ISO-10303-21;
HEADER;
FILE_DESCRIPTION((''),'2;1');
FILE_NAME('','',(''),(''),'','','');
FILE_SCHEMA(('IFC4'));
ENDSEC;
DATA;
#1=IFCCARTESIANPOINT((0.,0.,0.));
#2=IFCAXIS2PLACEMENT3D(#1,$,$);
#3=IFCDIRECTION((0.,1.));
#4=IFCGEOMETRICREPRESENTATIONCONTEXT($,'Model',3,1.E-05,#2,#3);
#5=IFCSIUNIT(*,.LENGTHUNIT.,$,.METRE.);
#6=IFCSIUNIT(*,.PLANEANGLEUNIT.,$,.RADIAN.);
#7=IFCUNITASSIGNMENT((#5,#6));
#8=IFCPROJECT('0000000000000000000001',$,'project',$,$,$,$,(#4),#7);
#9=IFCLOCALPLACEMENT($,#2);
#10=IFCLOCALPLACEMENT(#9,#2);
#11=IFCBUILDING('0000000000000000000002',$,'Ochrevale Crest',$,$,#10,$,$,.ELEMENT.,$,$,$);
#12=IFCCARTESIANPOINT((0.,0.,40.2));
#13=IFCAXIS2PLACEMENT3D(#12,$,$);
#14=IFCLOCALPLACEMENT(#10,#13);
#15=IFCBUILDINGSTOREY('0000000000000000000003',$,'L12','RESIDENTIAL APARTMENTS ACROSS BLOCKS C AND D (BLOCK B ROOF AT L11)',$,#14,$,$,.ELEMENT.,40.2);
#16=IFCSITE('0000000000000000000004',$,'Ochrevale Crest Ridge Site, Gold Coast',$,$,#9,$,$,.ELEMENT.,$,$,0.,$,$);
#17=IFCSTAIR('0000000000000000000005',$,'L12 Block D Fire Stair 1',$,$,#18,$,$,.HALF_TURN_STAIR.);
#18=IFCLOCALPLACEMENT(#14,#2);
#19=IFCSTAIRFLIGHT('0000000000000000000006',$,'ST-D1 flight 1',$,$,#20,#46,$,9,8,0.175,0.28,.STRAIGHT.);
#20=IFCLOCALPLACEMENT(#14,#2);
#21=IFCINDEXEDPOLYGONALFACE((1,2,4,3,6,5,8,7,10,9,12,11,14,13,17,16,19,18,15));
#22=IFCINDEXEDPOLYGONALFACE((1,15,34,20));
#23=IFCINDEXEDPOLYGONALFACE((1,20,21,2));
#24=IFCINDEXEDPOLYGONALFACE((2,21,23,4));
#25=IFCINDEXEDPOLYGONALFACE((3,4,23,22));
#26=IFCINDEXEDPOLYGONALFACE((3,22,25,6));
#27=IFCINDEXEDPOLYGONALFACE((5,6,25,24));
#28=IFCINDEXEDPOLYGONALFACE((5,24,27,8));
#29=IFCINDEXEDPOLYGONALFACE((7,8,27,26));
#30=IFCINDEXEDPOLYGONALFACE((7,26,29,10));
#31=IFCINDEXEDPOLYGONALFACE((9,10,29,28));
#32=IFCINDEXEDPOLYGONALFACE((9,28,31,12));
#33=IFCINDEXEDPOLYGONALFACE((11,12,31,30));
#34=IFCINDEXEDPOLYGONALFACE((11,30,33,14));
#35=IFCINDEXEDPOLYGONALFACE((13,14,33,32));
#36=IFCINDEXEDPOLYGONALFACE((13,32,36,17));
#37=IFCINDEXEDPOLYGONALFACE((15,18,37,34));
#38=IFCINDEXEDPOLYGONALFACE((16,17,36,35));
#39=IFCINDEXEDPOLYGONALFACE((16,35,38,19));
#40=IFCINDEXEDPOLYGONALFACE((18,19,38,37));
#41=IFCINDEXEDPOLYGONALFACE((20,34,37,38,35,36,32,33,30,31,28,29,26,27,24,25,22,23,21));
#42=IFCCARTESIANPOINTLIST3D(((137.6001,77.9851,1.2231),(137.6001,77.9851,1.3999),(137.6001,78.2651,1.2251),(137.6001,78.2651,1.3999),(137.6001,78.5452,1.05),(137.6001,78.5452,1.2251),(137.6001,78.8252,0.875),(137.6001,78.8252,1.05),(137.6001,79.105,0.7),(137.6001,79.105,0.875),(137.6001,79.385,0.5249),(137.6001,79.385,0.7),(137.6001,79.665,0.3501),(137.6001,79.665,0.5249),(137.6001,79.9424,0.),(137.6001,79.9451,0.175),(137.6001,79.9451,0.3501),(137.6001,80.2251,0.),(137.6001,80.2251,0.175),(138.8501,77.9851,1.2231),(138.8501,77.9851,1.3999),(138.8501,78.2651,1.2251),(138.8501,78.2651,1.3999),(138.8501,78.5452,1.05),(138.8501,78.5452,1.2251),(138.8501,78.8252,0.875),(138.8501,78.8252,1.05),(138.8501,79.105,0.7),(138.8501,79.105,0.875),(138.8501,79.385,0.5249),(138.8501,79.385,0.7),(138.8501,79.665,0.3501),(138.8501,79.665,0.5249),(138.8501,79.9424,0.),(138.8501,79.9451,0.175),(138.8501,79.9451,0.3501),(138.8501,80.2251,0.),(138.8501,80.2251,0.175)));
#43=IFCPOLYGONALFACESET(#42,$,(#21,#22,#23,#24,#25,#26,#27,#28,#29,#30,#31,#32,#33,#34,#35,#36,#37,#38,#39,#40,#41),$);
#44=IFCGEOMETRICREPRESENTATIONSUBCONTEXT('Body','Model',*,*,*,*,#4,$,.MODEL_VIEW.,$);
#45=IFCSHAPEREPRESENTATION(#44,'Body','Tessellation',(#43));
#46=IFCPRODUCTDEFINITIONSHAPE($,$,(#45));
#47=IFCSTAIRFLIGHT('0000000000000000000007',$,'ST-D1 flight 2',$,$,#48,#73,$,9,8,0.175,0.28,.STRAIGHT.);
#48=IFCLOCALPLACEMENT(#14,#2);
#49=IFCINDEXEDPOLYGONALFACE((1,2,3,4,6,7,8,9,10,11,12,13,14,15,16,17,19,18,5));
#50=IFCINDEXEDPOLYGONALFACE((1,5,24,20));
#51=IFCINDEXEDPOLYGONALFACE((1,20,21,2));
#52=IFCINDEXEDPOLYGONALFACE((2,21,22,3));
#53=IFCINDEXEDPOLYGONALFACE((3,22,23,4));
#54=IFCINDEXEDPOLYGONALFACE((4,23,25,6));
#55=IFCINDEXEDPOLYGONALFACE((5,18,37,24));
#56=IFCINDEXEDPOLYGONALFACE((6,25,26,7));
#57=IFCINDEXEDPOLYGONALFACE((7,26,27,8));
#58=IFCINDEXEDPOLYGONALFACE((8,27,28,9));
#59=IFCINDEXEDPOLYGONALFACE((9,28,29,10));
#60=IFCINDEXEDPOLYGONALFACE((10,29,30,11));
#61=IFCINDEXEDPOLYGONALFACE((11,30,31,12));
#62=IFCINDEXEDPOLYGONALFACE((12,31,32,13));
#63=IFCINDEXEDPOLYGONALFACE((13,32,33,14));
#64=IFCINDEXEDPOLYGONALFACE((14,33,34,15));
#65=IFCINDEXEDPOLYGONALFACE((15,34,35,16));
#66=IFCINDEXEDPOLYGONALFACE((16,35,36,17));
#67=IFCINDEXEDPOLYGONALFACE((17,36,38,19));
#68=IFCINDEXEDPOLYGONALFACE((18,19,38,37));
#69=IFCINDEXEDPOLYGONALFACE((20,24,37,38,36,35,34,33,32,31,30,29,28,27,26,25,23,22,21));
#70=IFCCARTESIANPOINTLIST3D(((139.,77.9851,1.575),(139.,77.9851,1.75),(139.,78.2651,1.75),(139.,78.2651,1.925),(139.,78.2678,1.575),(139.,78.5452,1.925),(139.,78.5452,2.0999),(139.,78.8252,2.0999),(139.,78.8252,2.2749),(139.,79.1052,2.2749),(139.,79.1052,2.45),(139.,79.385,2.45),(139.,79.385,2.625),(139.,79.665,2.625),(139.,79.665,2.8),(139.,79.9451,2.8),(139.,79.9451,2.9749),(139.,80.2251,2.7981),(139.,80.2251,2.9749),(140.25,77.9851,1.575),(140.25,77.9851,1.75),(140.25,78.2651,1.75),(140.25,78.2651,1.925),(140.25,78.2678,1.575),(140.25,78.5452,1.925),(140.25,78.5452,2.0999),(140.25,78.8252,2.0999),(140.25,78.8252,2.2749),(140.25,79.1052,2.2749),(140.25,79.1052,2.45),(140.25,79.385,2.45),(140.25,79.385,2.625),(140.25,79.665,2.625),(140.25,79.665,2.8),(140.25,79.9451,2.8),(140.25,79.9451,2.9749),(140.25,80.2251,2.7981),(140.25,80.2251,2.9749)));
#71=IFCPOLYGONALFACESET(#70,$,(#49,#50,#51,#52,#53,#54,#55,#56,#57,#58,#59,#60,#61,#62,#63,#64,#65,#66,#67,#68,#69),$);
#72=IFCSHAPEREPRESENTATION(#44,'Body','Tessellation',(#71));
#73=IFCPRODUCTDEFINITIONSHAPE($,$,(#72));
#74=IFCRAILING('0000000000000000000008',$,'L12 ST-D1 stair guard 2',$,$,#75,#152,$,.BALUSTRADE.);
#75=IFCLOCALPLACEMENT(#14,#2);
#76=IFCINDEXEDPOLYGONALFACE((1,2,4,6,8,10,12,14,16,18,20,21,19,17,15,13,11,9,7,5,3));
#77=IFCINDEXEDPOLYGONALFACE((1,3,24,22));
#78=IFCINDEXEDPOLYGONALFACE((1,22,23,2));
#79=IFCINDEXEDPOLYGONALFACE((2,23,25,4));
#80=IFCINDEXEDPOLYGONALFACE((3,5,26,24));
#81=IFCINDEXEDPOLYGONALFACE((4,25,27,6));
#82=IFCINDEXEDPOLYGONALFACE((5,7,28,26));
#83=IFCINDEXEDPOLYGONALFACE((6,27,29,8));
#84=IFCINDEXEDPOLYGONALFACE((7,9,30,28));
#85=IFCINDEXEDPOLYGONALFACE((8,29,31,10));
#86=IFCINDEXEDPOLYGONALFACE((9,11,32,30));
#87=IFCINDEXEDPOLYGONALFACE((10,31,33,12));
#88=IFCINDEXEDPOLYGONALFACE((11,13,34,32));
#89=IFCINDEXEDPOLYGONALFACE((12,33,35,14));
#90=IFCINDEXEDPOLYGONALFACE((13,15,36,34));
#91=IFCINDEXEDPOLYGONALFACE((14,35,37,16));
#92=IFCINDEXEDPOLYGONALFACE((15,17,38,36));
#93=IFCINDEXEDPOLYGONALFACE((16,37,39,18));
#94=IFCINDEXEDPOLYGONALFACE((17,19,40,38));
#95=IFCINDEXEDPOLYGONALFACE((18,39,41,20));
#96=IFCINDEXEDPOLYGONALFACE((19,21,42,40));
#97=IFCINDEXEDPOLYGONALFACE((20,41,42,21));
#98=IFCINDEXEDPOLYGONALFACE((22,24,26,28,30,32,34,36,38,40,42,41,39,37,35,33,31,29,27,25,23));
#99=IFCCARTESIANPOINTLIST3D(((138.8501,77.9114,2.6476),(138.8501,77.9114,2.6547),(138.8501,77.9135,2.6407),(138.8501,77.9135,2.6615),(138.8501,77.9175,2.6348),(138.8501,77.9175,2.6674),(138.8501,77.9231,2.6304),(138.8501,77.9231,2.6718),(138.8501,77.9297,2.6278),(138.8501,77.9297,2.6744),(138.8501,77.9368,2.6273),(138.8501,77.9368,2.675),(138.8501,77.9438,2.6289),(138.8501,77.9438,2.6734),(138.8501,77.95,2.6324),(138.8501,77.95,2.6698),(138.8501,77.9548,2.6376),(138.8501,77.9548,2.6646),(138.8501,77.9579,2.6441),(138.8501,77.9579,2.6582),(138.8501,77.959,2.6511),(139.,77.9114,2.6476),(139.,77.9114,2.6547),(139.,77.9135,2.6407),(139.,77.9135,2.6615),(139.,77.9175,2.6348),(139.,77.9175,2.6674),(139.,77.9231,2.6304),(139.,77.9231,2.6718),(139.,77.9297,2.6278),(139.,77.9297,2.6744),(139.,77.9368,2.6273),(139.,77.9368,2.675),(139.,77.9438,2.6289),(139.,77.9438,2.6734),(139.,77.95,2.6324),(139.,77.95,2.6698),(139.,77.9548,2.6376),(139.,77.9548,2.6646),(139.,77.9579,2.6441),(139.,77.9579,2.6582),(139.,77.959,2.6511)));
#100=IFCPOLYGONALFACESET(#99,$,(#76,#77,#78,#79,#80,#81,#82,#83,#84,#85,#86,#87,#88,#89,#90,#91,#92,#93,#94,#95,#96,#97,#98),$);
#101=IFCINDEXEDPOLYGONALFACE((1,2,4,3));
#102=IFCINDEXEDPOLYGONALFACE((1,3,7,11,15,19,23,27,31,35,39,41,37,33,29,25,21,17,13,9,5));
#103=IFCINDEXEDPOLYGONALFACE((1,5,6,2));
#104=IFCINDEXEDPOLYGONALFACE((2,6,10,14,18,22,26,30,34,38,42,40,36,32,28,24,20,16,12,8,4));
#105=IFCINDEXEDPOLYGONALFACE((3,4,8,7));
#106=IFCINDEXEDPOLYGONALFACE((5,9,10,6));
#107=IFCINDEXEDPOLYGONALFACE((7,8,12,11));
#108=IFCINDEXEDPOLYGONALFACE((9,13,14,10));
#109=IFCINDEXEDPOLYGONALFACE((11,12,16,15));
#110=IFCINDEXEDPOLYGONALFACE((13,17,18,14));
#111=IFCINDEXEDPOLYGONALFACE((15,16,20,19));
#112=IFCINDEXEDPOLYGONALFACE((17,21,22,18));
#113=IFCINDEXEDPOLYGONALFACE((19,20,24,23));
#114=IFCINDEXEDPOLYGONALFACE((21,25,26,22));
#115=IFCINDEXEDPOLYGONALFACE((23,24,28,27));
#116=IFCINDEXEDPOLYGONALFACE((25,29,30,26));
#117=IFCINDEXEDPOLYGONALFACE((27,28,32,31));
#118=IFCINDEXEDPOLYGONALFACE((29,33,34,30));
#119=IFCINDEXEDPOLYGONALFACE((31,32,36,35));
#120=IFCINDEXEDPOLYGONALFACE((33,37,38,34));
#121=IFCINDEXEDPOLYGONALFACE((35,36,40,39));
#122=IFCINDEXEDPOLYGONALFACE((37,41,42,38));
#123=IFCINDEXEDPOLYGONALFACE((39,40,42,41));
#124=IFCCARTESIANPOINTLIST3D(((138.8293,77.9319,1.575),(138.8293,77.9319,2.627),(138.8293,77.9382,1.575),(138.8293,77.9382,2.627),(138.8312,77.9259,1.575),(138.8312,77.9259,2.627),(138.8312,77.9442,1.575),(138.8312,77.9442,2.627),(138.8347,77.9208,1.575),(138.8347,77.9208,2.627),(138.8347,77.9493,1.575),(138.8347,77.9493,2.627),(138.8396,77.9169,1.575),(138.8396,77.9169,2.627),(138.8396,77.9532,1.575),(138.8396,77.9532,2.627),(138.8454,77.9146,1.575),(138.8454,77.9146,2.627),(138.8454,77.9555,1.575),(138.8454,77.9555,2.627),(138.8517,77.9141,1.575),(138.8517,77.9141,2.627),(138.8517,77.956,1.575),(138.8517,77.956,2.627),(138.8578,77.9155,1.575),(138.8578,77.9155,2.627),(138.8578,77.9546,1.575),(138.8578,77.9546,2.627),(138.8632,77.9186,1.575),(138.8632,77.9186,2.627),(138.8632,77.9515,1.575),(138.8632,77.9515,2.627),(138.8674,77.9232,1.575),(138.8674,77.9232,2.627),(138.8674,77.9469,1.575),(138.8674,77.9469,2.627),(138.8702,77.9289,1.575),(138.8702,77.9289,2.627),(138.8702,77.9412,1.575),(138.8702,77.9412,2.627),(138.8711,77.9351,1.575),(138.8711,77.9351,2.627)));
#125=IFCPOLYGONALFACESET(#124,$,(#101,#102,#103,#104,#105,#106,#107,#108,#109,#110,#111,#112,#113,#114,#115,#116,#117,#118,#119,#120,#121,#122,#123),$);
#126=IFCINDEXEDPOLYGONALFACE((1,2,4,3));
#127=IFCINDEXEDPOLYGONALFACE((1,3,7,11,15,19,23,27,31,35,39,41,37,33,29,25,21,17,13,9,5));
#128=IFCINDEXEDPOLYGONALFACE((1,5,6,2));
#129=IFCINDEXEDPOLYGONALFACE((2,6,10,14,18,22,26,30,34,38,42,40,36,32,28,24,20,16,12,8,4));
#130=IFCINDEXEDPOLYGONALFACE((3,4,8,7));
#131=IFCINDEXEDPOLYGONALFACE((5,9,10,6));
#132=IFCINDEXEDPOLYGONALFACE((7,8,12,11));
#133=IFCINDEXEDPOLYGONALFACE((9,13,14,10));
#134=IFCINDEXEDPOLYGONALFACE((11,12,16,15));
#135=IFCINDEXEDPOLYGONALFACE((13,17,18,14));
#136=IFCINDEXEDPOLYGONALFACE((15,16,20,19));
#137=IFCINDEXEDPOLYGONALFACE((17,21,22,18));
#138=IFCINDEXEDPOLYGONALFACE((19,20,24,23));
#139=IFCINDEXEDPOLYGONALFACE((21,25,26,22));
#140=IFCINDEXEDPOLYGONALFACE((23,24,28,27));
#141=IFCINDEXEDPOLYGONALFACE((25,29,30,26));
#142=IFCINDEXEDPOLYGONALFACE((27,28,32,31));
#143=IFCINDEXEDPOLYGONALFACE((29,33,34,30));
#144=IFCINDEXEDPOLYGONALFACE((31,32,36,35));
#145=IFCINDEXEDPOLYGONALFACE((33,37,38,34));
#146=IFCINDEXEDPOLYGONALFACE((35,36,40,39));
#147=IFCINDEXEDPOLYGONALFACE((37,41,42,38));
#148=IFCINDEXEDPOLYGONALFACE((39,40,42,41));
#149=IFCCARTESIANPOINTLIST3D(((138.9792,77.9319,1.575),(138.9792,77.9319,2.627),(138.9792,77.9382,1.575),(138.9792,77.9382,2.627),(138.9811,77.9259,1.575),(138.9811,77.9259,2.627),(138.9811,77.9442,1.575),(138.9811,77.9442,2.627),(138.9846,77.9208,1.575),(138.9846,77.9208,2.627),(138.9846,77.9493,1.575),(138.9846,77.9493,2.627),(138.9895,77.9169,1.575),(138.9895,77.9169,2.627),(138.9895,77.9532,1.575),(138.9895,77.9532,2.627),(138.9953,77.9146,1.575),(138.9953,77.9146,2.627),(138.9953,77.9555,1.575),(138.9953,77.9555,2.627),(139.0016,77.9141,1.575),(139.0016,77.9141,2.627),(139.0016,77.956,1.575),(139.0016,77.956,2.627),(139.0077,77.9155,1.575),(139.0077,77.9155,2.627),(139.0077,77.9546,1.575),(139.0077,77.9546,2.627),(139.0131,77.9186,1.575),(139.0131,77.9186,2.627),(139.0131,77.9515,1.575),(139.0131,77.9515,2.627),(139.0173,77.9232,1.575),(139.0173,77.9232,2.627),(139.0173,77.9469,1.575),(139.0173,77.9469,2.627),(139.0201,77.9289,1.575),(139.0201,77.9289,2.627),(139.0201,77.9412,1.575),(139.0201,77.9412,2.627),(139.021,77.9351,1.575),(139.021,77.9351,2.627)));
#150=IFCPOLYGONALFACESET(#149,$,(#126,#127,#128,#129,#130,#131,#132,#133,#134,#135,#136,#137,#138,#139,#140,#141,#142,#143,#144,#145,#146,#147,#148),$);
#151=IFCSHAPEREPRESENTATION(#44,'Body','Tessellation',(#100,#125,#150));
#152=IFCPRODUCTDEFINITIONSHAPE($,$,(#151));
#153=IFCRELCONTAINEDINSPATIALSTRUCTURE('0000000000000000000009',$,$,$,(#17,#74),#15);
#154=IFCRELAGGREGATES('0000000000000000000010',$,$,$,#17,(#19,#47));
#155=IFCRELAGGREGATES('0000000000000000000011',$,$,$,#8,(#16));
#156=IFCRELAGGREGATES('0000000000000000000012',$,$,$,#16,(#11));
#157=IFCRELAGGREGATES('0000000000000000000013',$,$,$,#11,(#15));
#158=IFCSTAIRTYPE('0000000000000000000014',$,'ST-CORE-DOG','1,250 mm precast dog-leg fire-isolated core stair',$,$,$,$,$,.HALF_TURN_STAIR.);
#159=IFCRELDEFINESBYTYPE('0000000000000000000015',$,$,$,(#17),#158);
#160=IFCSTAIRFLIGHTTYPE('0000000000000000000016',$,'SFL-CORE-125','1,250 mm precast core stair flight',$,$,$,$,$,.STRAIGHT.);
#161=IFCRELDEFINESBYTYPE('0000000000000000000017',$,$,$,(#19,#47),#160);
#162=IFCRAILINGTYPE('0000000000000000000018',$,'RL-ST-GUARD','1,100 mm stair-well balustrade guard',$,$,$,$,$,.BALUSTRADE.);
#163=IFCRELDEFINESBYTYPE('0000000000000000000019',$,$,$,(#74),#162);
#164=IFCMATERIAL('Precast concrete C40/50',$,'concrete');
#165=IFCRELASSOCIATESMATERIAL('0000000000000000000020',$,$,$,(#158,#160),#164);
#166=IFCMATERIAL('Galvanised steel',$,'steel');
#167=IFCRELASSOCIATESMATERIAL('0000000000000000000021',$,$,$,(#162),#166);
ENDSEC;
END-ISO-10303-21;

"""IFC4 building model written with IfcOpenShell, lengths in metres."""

from ifc_helpers import new_model, si_unit, direction, frame, origin, origin_2d, place, context, subcontext, project, spatial, polyline, circle, outline, extrude, material, type_object, element, aggregate, save


model = new_model("IFC4")

# Units and contexts
model_context = context("Model", 3, precision=1e-05, world=origin(), true_north=direction((0.0, 1.0)))
body_context = subcontext(model_context, "Body", "Model", "MODEL_VIEW")
ifc_project = project(units=[si_unit("LENGTHUNIT", "METRE"), si_unit("PLANEANGLEUNIT", "RADIAN")], contexts=[model_context])

# Site, building, storey
site_placement = place(None, origin())
site = spatial("IfcSite", under=ifc_project, at=site_placement, Name="Ochrevale Crest Ridge Site, Gold Coast", CompositionType="ELEMENT", RefElevation=0.0)
building_placement = place(site_placement, origin())
building = spatial("IfcBuilding", under=site, at=building_placement, Name="Ochrevale Crest", CompositionType="ELEMENT")
storey_placement = place(building_placement, frame((0.0, 0.0, 40.2)))
storey = spatial("IfcBuildingStorey", under=building, at=storey_placement, Name="L12", Description="RESIDENTIAL APARTMENTS ACROSS BLOCKS C AND D (BLOCK B ROOF AT L11)", CompositionType="ELEMENT", Elevation=40.2)

# Shared definitions
ifc_material_1 = material(Name="Precast concrete C40/50", Category="concrete")

# Stair, stair flights
stair_type = type_object("IfcStairType", Name="ST-CORE-DOG", Description="1,250 mm precast dog-leg fire-isolated core stair", PredefinedType="HALF_TURN_STAIR", material=ifc_material_1)
stair_placement = place(storey_placement, origin())
stair = element("IfcStair", 1, at=stair_placement, inside=storey, type_object=stair_type, Name="L12 Block D Fire Stair 1", PredefinedType="HALF_TURN_STAIR")
stair_flight_type = type_object("IfcStairFlightType", Name="SFL-CORE-125", Description="1,250 mm precast core stair flight", PredefinedType="STRAIGHT", material=ifc_material_1)
stair_flight_1_placement = place(storey_placement, frame((138.2251, 80.2251, 0.0), z_axis=(0.0, 0.0, 1.0), x_axis=(0.0, -1.0, 0.0)))
stair_flight_1 = element("IfcStairFlight", 2, at=stair_flight_1_placement, type_object=stair_flight_type, Name="ST-D1 flight 1", NumberOfRisers=9, NumberOfTreads=8, PredefinedType="STRAIGHT", RiserHeight=0.175, TreadLength=0.28, context=body_context, shape_type="SweptSolid", body=[
    extrude(outline(polyline([(0.0, 0.0), (0.0, 0.175), (0.28, 0.175), (0.28, 0.3501), (0.5601, 0.3501), (0.5601, 0.5249), (0.8401, 0.5249), (0.8401, 0.7), (1.1201, 0.7), (1.1201, 0.875), (1.3999, 0.875), (1.3999, 1.05), (1.6799, 1.05), (1.6799, 1.2251), (1.96, 1.2251), (1.96, 1.3999), (2.24, 1.3999), (2.24, 1.575), (2.24, 1.2231), (0.2827, 0.0), (0.0, 0.0)])), frame((0.0, 0.625, 0.0), z_axis=(0.0, -1.0, 0.0), x_axis=(1.0, 0.0, 0.0)), (0.0, 0.0, 1.0), 1.25),
])
stair_flight_2_placement = place(storey_placement, frame((139.625, 77.9851, 1.575), z_axis=(0.0, 0.0, 1.0), x_axis=(0.0, 1.0, 0.0)))
stair_flight_2 = element("IfcStairFlight", 3, at=stair_flight_2_placement, type_object=stair_flight_type, Name="ST-D1 flight 2", NumberOfRisers=9, NumberOfTreads=8, PredefinedType="STRAIGHT", RiserHeight=0.175, TreadLength=0.28, context=body_context, shape_type="SweptSolid", body=[
    extrude(outline(polyline([(0.0, 0.0), (0.0, 0.175), (0.28, 0.175), (0.28, 0.3501), (0.5601, 0.3501), (0.5601, 0.5249), (0.8401, 0.5249), (0.8401, 0.7), (1.1201, 0.7), (1.1201, 0.875), (1.3999, 0.875), (1.3999, 1.05), (1.6799, 1.05), (1.6799, 1.2251), (1.96, 1.2251), (1.96, 1.3999), (2.24, 1.3999), (2.24, 1.575), (2.24, 1.2231), (0.2827, 0.0), (0.0, 0.0)])), frame((0.0, 0.625, 0.0), z_axis=(0.0, -1.0, 0.0), x_axis=(1.0, 0.0, 0.0)), (0.0, 0.0, 1.0), 1.25),
])
aggregate(stair, [stair_flight_1, stair_flight_2])

# Railing
ifc_material_2 = material(Name="Galvanised steel", Category="steel")
railing_type_1 = type_object("IfcRailingType", Name="RL-ST-GUARD", Description="1,100 mm stair-well balustrade guard", PredefinedType="BALUSTRADE", material=ifc_material_2)
railing_1_placement = place(storey_placement, frame((138.8501, 77.9351, 1.575)))
element("IfcRailing", 4, at=railing_1_placement, inside=storey, type_object=railing_type_1, Name="L12 ST-D1 stair guard 2", PredefinedType="BALUSTRADE", context=body_context, shape_type="SweptSolid", body=[
    extrude(circle(Radius=0.0239, at=origin_2d()), frame((0.0, 0.0, 1.0762), z_axis=(1.0, 0.0, 0.0), x_axis=(0.0, 1.0, 0.0)), (0.0, 0.0, 1.0), 0.1499),
    extrude(circle(Radius=0.021, at=origin_2d()), origin(), (0.0, 0.0, 1.0), 1.052),
    extrude(circle(Radius=0.021, at=origin_2d()), frame((0.1499, 0.0, 0.0)), (0.0, 0.0, 1.0), 1.052),
])

save(model, "model.ifc")
